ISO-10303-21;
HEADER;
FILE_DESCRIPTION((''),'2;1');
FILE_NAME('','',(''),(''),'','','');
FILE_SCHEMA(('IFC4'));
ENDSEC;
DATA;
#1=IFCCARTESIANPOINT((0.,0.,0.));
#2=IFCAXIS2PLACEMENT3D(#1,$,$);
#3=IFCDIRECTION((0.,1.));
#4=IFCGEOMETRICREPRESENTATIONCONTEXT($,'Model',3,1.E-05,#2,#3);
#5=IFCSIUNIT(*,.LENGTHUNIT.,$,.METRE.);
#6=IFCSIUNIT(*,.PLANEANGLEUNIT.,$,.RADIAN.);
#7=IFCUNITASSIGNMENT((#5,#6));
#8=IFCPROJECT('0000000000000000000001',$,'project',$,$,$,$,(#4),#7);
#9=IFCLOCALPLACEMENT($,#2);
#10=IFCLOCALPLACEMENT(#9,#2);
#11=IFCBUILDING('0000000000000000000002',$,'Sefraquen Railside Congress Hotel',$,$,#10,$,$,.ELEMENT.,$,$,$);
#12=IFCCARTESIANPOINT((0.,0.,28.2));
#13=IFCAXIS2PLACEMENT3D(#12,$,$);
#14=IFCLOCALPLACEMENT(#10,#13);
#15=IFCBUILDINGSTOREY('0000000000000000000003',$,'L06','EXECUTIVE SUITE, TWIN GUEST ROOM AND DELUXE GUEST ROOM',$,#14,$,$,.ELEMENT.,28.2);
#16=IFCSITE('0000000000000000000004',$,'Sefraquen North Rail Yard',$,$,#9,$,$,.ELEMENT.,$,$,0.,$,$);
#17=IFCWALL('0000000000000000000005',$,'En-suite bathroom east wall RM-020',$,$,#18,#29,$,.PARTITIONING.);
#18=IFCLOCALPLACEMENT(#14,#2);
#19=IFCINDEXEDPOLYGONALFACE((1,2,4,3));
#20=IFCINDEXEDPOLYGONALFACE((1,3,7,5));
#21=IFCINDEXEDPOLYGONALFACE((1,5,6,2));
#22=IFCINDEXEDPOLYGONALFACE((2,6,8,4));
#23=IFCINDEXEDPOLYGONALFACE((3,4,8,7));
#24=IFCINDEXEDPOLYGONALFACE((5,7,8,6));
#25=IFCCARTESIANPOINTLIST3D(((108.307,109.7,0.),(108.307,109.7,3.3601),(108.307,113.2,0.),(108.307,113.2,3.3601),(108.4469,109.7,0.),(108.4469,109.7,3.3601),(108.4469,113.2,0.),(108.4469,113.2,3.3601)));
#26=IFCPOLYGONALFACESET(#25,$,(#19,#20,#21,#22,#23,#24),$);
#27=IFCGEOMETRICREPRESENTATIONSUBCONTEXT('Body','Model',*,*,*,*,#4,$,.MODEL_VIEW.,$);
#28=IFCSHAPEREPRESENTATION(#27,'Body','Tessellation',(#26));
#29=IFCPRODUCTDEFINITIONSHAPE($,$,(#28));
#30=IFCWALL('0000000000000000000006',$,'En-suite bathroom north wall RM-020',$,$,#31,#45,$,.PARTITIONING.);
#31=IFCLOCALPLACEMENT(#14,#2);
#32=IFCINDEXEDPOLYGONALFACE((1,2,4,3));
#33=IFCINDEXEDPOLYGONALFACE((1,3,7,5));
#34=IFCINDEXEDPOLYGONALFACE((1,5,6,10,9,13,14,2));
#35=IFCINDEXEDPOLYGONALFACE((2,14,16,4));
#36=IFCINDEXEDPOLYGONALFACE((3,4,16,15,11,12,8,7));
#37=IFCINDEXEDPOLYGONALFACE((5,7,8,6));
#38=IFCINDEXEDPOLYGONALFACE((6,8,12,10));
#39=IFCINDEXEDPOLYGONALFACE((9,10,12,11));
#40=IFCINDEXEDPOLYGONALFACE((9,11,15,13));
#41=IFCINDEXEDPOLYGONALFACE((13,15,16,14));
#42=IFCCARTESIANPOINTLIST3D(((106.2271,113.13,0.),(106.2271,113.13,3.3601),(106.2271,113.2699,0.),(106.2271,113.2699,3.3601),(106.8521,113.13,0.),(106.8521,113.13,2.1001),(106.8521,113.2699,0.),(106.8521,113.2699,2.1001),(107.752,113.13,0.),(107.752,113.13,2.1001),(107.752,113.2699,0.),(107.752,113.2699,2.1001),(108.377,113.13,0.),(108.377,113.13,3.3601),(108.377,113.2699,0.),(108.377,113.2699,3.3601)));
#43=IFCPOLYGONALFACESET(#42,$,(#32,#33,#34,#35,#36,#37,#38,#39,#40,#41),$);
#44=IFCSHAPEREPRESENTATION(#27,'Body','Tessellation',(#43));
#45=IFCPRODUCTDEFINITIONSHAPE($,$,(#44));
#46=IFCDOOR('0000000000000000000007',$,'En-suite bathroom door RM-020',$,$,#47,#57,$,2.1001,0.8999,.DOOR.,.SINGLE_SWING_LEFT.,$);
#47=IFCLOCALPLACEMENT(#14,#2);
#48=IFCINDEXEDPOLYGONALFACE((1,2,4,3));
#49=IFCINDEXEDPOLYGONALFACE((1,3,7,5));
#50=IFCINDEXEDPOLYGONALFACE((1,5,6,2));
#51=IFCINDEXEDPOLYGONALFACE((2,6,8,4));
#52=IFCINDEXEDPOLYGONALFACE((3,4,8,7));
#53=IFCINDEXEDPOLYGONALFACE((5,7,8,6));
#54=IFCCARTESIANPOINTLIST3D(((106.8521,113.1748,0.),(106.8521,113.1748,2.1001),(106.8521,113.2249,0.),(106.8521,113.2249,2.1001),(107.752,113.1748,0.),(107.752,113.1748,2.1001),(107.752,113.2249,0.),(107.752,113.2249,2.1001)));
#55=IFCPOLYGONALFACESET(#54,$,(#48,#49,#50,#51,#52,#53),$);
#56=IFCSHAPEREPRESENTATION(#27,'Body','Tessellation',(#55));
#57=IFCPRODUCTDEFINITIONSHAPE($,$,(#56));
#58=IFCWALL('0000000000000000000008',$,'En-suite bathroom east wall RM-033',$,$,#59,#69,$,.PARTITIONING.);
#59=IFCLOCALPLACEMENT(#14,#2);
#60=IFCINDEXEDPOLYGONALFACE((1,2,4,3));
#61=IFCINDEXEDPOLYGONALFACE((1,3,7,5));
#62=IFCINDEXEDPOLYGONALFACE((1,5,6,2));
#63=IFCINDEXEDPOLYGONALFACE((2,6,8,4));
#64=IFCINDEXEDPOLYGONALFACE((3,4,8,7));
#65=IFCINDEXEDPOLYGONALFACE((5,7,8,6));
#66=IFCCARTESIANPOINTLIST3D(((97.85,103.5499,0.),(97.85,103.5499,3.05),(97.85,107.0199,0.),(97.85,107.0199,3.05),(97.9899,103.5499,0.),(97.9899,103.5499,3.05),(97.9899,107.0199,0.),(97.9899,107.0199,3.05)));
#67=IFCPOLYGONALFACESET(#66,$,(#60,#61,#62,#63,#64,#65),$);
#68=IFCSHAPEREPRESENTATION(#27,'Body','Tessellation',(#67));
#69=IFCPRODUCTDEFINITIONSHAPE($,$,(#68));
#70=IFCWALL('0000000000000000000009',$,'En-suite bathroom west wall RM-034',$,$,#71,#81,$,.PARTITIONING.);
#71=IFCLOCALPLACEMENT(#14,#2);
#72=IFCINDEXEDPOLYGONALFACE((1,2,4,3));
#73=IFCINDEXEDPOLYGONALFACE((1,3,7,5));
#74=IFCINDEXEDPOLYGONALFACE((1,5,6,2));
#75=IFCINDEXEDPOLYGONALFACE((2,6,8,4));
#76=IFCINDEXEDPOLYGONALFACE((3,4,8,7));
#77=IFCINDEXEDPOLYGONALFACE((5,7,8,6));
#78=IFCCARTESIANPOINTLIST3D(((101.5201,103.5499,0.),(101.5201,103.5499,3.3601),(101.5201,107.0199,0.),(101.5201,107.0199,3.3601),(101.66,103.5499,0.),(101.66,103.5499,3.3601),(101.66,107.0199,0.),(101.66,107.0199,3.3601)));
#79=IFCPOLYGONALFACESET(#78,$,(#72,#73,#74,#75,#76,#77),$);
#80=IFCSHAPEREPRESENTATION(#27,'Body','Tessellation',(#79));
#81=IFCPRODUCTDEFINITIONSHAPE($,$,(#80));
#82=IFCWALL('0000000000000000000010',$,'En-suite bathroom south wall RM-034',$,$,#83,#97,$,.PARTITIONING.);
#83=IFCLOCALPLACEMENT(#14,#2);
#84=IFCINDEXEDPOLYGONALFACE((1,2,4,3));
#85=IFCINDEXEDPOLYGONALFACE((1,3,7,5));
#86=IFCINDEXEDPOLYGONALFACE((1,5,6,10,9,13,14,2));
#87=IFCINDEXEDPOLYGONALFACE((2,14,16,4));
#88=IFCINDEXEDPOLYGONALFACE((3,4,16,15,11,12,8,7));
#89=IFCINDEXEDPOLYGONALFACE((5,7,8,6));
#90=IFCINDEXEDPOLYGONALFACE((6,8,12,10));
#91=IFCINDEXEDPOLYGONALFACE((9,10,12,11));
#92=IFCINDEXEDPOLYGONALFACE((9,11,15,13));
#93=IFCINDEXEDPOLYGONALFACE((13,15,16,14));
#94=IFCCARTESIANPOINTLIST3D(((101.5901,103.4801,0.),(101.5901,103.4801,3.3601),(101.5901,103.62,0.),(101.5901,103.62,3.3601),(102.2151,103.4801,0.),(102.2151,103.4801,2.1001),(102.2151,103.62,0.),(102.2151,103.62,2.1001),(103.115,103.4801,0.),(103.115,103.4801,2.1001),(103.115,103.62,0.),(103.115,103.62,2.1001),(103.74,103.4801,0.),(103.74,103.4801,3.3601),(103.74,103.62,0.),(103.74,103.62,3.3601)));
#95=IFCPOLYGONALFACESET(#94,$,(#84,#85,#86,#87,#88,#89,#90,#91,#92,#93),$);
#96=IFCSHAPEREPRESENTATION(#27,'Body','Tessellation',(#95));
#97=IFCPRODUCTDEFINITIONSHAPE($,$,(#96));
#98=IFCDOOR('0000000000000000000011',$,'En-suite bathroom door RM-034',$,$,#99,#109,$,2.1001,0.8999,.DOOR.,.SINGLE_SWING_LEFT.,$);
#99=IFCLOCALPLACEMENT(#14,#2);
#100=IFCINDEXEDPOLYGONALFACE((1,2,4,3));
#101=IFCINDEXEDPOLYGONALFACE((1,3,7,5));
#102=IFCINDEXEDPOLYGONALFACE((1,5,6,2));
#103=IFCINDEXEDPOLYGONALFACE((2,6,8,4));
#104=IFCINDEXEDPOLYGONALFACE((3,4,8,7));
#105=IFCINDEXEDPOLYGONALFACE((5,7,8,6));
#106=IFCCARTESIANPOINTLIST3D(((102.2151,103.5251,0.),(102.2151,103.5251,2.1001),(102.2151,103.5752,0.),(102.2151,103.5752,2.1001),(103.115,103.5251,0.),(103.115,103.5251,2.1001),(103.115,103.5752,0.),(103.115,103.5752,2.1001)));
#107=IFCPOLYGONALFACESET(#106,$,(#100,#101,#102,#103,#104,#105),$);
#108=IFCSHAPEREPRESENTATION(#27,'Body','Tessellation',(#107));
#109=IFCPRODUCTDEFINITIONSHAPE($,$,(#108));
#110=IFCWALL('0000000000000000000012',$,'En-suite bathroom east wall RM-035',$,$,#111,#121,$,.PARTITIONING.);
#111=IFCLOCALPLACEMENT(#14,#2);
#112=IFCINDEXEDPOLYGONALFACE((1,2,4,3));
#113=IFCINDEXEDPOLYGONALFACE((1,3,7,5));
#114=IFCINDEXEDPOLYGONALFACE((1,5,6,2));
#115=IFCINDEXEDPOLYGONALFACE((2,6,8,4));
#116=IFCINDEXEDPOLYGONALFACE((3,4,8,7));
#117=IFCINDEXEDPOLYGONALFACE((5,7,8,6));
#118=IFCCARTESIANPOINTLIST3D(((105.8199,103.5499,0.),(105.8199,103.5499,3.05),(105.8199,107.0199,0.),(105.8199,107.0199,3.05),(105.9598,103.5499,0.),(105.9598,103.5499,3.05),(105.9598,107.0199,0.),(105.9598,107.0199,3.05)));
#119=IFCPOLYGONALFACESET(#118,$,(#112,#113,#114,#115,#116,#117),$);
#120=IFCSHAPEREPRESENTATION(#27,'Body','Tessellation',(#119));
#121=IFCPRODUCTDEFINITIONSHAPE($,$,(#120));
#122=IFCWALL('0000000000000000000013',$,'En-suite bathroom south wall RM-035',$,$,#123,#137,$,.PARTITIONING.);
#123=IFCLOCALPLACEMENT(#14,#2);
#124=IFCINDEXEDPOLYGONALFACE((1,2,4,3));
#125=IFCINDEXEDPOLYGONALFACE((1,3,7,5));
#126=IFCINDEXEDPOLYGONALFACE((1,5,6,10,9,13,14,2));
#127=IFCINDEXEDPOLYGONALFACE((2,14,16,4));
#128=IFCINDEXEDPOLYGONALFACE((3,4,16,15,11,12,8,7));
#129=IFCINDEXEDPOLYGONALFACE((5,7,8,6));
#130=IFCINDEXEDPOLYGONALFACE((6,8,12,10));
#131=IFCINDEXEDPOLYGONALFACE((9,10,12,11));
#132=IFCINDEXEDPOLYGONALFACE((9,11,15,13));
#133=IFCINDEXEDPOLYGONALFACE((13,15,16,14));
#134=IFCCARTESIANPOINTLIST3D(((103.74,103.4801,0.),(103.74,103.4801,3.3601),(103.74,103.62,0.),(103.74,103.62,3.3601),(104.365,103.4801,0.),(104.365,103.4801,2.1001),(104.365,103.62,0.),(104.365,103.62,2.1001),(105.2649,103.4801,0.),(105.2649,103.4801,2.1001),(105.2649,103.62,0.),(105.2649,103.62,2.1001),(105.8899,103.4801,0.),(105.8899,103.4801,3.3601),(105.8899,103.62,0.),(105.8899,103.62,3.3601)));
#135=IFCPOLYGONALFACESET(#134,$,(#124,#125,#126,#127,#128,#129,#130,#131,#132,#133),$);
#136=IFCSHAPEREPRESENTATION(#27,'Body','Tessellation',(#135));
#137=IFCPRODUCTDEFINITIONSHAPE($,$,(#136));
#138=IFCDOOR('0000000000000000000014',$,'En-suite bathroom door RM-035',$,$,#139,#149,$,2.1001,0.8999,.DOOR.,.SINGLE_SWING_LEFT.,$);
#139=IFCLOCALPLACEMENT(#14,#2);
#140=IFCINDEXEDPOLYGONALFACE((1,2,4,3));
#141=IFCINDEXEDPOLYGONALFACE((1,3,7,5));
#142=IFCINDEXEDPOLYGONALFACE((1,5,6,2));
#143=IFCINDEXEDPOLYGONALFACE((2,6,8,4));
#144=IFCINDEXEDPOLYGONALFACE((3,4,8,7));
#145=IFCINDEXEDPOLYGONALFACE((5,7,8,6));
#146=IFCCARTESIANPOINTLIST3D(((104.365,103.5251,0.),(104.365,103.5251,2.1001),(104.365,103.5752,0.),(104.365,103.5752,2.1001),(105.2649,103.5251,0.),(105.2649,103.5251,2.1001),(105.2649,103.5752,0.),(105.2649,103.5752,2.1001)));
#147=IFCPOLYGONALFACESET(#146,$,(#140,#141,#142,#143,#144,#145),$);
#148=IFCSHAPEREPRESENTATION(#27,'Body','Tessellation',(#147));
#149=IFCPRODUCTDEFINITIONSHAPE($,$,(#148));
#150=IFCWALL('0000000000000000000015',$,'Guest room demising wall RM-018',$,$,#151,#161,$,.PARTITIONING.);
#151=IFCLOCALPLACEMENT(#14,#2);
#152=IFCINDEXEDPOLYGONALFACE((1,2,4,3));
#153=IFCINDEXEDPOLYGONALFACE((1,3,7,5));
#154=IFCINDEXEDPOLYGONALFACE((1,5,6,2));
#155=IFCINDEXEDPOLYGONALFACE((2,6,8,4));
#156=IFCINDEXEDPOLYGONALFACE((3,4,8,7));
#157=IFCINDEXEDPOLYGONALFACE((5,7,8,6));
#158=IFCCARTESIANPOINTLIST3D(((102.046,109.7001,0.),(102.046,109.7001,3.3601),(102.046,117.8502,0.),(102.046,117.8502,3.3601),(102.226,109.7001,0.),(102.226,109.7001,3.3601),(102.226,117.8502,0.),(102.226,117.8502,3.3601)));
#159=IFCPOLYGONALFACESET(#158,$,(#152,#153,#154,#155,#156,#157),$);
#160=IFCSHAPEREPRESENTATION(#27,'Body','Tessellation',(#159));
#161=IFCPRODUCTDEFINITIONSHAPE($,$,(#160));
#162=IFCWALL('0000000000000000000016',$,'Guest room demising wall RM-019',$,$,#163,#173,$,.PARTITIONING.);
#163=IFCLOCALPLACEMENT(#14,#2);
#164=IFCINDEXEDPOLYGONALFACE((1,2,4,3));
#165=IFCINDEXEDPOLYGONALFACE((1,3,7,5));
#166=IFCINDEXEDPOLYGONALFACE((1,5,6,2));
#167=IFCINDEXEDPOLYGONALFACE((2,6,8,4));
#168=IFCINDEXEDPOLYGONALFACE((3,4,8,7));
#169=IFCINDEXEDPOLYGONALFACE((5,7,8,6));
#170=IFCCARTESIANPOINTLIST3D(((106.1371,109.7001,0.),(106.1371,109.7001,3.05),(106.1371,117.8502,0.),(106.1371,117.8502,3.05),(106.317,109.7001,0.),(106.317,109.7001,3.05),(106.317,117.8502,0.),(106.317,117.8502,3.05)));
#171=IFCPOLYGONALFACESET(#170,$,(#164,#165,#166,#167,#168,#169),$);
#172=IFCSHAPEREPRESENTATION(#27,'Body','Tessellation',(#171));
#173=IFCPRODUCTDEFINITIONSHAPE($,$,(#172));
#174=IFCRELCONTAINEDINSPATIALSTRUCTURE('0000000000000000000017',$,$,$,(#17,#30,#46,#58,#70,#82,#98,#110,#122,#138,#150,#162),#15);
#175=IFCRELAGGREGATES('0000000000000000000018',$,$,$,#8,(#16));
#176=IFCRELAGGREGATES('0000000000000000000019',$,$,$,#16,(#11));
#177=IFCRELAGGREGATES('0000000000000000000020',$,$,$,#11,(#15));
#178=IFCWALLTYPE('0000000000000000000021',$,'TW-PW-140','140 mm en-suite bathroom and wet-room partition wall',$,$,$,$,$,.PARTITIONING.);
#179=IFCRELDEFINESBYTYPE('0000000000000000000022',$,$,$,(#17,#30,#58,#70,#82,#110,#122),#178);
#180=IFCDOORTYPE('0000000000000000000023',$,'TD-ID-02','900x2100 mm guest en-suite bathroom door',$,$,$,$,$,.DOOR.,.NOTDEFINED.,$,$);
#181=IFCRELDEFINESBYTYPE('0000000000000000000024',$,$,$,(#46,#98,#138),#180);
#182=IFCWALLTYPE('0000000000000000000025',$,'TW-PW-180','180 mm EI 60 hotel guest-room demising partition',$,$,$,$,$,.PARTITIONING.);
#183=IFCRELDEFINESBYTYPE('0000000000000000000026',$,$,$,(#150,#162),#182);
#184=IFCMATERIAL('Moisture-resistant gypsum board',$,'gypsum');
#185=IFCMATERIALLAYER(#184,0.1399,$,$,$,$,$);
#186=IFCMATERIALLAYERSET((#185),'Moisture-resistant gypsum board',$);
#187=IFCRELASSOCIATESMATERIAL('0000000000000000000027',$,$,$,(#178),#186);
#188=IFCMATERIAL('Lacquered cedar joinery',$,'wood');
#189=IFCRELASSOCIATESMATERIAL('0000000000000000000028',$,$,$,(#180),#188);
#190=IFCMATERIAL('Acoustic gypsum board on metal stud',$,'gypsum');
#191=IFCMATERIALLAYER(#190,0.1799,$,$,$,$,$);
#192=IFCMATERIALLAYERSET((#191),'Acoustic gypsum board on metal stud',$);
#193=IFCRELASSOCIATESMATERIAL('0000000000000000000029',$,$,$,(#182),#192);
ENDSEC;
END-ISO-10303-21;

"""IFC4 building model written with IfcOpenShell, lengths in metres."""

from ifc_helpers import new_model, si_unit, direction, frame, frame_2d, origin, place, context, subcontext, project, spatial, rectangle, extrude, material, layer, layer_set, type_object, element, fill, save


model = new_model("IFC4")

# Units and contexts
model_context = context("Model", 3, precision=1e-05, world=origin(), true_north=direction((0.0, 1.0)))
body_context = subcontext(model_context, "Body", "Model", "MODEL_VIEW")
ifc_project = project(units=[si_unit("LENGTHUNIT", "METRE"), si_unit("PLANEANGLEUNIT", "RADIAN")], contexts=[model_context])

# Site, building, storey
site_placement = place(None, origin())
site = spatial("IfcSite", under=ifc_project, at=site_placement, Name="Sefraquen North Rail Yard", CompositionType="ELEMENT", RefElevation=0.0)
building_placement = place(site_placement, origin())
building = spatial("IfcBuilding", under=site, at=building_placement, Name="Sefraquen Railside Congress Hotel", CompositionType="ELEMENT")
storey_placement = place(building_placement, frame((0.0, 0.0, 28.2)))
storey = spatial("IfcBuildingStorey", under=building, at=storey_placement, Name="L06", Description="EXECUTIVE SUITE, TWIN GUEST ROOM AND DELUXE GUEST ROOM", CompositionType="ELEMENT", Elevation=28.2)

# Shared definitions
ifc_material_1 = material(Name="Moisture-resistant gypsum board", Category="gypsum")
ifc_layer_1 = layer(ifc_material_1, 0.1399)
ifc_layer_set_1 = layer_set([ifc_layer_1], Name="Moisture-resistant gypsum board")
wall_type_1 = type_object("IfcWallType", Name="TW-PW-140", Description="140 mm en-suite bathroom and wet-room partition wall", PredefinedType="PARTITIONING", material=ifc_layer_set_1)

# Shared definitions
ifc_material_2 = material(Name="Lacquered cedar joinery", Category="wood")
door_type = type_object("IfcDoorType", Name="TD-ID-02", Description="900x2100 mm guest en-suite bathroom door", OperationType="NOTDEFINED", PredefinedType="DOOR", material=ifc_material_2)

# Wall
wall_1_placement = place(storey_placement, frame((108.377, 109.7, 0.0), z_axis=(0.0, 0.0, 1.0), x_axis=(0.0, 1.0, 0.0)))
element("IfcWall", 1, at=wall_1_placement, inside=storey, type_object=wall_type_1, Name="En-suite bathroom east wall RM-020", PredefinedType="PARTITIONING", context=body_context, shape_type="SweptSolid", body=[
    extrude(rectangle(XDim=3.5, YDim=0.1399, at=frame_2d((1.75, 0.0))), origin(), (0.0, 0.0, 1.0), 3.3601),
])

# Wall, opening, door
wall_2_placement = place(storey_placement, frame((106.2271, 113.2, 0.0), z_axis=(0.0, 0.0, 1.0), x_axis=(1.0, 0.0, 0.0)))
wall_2 = element("IfcWall", 2, at=wall_2_placement, inside=storey, type_object=wall_type_1, Name="En-suite bathroom north wall RM-020", PredefinedType="PARTITIONING", context=body_context, shape_type="SweptSolid", body=[
    extrude(rectangle(XDim=2.1499, YDim=0.1399, at=frame_2d((1.075, 0.0))), origin(), (0.0, 0.0, 1.0), 3.3601),
])
opening_1_placement = place(wall_2_placement, frame((0.625, 0.0, 0.0)))
opening_1 = element("IfcOpeningElement", 3, at=opening_1_placement, cuts=wall_2, PredefinedType="OPENING", context=body_context, shape_type="SweptSolid", body=[
    extrude(rectangle(XDim=0.8999, YDim=2.1001, at=frame_2d((0.45, 1.05))), frame((0.0, 0.0798, 0.0), z_axis=(0.0, -1.0, 0.0), x_axis=(1.0, 0.0, 0.0)), (0.0, 0.0, 1.0), 0.1599),
])
door_1_placement = place(opening_1_placement, origin())
door_1 = element("IfcDoor", 4, at=door_1_placement, inside=storey, type_object=door_type, Name="En-suite bathroom door RM-020", OperationType="SINGLE_SWING_LEFT", OverallHeight=2.1001, OverallWidth=0.8999, PredefinedType="DOOR", context=body_context, shape_type="SweptSolid", body=[
    extrude(rectangle(XDim=0.8999, YDim=2.1001, at=frame_2d((0.45, 1.05))), frame((0.0, 0.0249, 0.0), z_axis=(0.0, -1.0, 0.0), x_axis=(1.0, 0.0, 0.0)), (0.0, 0.0, 1.0), 0.05),
])
fill(opening_1, door_1)

# Walls
wall_3_placement = place(storey_placement, frame((97.9199, 103.55, 0.0), z_axis=(0.0, 0.0, 1.0), x_axis=(0.0, 1.0, 0.0)))
element("IfcWall", 5, at=wall_3_placement, inside=storey, type_object=wall_type_1, Name="En-suite bathroom east wall RM-033", PredefinedType="PARTITIONING", context=body_context, shape_type="SweptSolid", body=[
    extrude(rectangle(XDim=3.47, YDim=0.1399, at=frame_2d((1.7349, 0.0))), origin(), (0.0, 0.0, 1.0), 3.05),
])
wall_4_placement = place(storey_placement, frame((101.5901, 103.55, 0.0), z_axis=(0.0, 0.0, 1.0), x_axis=(0.0, 1.0, 0.0)))
element("IfcWall", 6, at=wall_4_placement, inside=storey, type_object=wall_type_1, Name="En-suite bathroom west wall RM-034", PredefinedType="PARTITIONING", context=body_context, shape_type="SweptSolid", body=[
    extrude(rectangle(XDim=3.47, YDim=0.1399, at=frame_2d((1.7349, 0.0))), origin(), (0.0, 0.0, 1.0), 3.3601),
])

# Wall, opening, door
wall_5_placement = place(storey_placement, frame((101.5901, 103.55, 0.0), z_axis=(0.0, 0.0, 1.0), x_axis=(1.0, 0.0, 0.0)))
wall_5 = element("IfcWall", 7, at=wall_5_placement, inside=storey, type_object=wall_type_1, Name="En-suite bathroom south wall RM-034", PredefinedType="PARTITIONING", context=body_context, shape_type="SweptSolid", body=[
    extrude(rectangle(XDim=2.1499, YDim=0.1399, at=frame_2d((1.075, 0.0))), origin(), (0.0, 0.0, 1.0), 3.3601),
])
opening_2_placement = place(wall_5_placement, frame((0.625, 0.0, 0.0)))
opening_2 = element("IfcOpeningElement", 8, at=opening_2_placement, cuts=wall_5, PredefinedType="OPENING", context=body_context, shape_type="SweptSolid", body=[
    extrude(rectangle(XDim=0.8999, YDim=2.1001, at=frame_2d((0.45, 1.05))), frame((0.0, 0.0798, 0.0), z_axis=(0.0, -1.0, 0.0), x_axis=(1.0, 0.0, 0.0)), (0.0, 0.0, 1.0), 0.1599),
])
door_2_placement = place(opening_2_placement, frame((0.8999, 0.0, 0.0), z_axis=(0.0, 0.0, 1.0), x_axis=(-1.0, 0.0, 0.0)))
door_2 = element("IfcDoor", 9, at=door_2_placement, inside=storey, type_object=door_type, Name="En-suite bathroom door RM-034", OperationType="SINGLE_SWING_LEFT", OverallHeight=2.1001, OverallWidth=0.8999, PredefinedType="DOOR", context=body_context, shape_type="SweptSolid", body=[
    extrude(rectangle(XDim=0.8999, YDim=2.1001, at=frame_2d((0.45, 1.05))), frame((0.0, 0.0249, 0.0), z_axis=(0.0, -1.0, 0.0), x_axis=(1.0, 0.0, 0.0)), (0.0, 0.0, 1.0), 0.05),
])
fill(opening_2, door_2)

# Wall
wall_6_placement = place(storey_placement, frame((105.8899, 103.55, 0.0), z_axis=(0.0, 0.0, 1.0), x_axis=(0.0, 1.0, 0.0)))
element("IfcWall", 10, at=wall_6_placement, inside=storey, type_object=wall_type_1, Name="En-suite bathroom east wall RM-035", PredefinedType="PARTITIONING", context=body_context, shape_type="SweptSolid", body=[
    extrude(rectangle(XDim=3.47, YDim=0.1399, at=frame_2d((1.7349, 0.0))), origin(), (0.0, 0.0, 1.0), 3.05),
])

# Wall, opening, door
wall_7_placement = place(storey_placement, frame((103.74, 103.55, 0.0), z_axis=(0.0, 0.0, 1.0), x_axis=(1.0, 0.0, 0.0)))
wall_7 = element("IfcWall", 11, at=wall_7_placement, inside=storey, type_object=wall_type_1, Name="En-suite bathroom south wall RM-035", PredefinedType="PARTITIONING", context=body_context, shape_type="SweptSolid", body=[
    extrude(rectangle(XDim=2.1499, YDim=0.1399, at=frame_2d((1.075, 0.0))), origin(), (0.0, 0.0, 1.0), 3.3601),
])
opening_3_placement = place(wall_7_placement, frame((0.625, 0.0, 0.0)))
opening_3 = element("IfcOpeningElement", 12, at=opening_3_placement, cuts=wall_7, PredefinedType="OPENING", context=body_context, shape_type="SweptSolid", body=[
    extrude(rectangle(XDim=0.8999, YDim=2.1001, at=frame_2d((0.45, 1.05))), frame((0.0, 0.0798, 0.0), z_axis=(0.0, -1.0, 0.0), x_axis=(1.0, 0.0, 0.0)), (0.0, 0.0, 1.0), 0.1599),
])
door_3_placement = place(opening_3_placement, frame((0.8999, 0.0, 0.0), z_axis=(0.0, 0.0, 1.0), x_axis=(-1.0, 0.0, 0.0)))
door_3 = element("IfcDoor", 13, at=door_3_placement, inside=storey, type_object=door_type, Name="En-suite bathroom door RM-035", OperationType="SINGLE_SWING_LEFT", OverallHeight=2.1001, OverallWidth=0.8999, PredefinedType="DOOR", context=body_context, shape_type="SweptSolid", body=[
    extrude(rectangle(XDim=0.8999, YDim=2.1001, at=frame_2d((0.45, 1.05))), frame((0.0, 0.0249, 0.0), z_axis=(0.0, -1.0, 0.0), x_axis=(1.0, 0.0, 0.0)), (0.0, 0.0, 1.0), 0.05),
])
fill(opening_3, door_3)

# Walls
ifc_material_3 = material(Name="Acoustic gypsum board on metal stud", Category="gypsum")
ifc_layer_2 = layer(ifc_material_3, 0.1799)
ifc_layer_set_2 = layer_set([ifc_layer_2], Name="Acoustic gypsum board on metal stud")
wall_type_2 = type_object("IfcWallType", Name="TW-PW-180", Description="180 mm EI 60 hotel guest-room demising partition", PredefinedType="PARTITIONING", material=ifc_layer_set_2)
wall_8_placement = place(storey_placement, frame((102.136, 109.7, 0.0), z_axis=(0.0, 0.0, 1.0), x_axis=(0.0, 1.0, 0.0)))
element("IfcWall", 14, at=wall_8_placement, inside=storey, type_object=wall_type_2, Name="Guest room demising wall RM-018", PredefinedType="PARTITIONING", context=body_context, shape_type="SweptSolid", body=[
    extrude(rectangle(XDim=8.1501, YDim=0.1799, at=frame_2d((4.0752, 0.0))), origin(), (0.0, 0.0, 1.0), 3.3601),
])
wall_9_placement = place(storey_placement, frame((106.2271, 109.7, 0.0), z_axis=(0.0, 0.0, 1.0), x_axis=(0.0, 1.0, 0.0)))
element("IfcWall", 15, at=wall_9_placement, inside=storey, type_object=wall_type_2, Name="Guest room demising wall RM-019", PredefinedType="PARTITIONING", context=body_context, shape_type="SweptSolid", body=[
    extrude(rectangle(XDim=8.1501, YDim=0.1799, at=frame_2d((4.0752, 0.0))), origin(), (0.0, 0.0, 1.0), 3.05),
])

save(model, "model.ifc")
